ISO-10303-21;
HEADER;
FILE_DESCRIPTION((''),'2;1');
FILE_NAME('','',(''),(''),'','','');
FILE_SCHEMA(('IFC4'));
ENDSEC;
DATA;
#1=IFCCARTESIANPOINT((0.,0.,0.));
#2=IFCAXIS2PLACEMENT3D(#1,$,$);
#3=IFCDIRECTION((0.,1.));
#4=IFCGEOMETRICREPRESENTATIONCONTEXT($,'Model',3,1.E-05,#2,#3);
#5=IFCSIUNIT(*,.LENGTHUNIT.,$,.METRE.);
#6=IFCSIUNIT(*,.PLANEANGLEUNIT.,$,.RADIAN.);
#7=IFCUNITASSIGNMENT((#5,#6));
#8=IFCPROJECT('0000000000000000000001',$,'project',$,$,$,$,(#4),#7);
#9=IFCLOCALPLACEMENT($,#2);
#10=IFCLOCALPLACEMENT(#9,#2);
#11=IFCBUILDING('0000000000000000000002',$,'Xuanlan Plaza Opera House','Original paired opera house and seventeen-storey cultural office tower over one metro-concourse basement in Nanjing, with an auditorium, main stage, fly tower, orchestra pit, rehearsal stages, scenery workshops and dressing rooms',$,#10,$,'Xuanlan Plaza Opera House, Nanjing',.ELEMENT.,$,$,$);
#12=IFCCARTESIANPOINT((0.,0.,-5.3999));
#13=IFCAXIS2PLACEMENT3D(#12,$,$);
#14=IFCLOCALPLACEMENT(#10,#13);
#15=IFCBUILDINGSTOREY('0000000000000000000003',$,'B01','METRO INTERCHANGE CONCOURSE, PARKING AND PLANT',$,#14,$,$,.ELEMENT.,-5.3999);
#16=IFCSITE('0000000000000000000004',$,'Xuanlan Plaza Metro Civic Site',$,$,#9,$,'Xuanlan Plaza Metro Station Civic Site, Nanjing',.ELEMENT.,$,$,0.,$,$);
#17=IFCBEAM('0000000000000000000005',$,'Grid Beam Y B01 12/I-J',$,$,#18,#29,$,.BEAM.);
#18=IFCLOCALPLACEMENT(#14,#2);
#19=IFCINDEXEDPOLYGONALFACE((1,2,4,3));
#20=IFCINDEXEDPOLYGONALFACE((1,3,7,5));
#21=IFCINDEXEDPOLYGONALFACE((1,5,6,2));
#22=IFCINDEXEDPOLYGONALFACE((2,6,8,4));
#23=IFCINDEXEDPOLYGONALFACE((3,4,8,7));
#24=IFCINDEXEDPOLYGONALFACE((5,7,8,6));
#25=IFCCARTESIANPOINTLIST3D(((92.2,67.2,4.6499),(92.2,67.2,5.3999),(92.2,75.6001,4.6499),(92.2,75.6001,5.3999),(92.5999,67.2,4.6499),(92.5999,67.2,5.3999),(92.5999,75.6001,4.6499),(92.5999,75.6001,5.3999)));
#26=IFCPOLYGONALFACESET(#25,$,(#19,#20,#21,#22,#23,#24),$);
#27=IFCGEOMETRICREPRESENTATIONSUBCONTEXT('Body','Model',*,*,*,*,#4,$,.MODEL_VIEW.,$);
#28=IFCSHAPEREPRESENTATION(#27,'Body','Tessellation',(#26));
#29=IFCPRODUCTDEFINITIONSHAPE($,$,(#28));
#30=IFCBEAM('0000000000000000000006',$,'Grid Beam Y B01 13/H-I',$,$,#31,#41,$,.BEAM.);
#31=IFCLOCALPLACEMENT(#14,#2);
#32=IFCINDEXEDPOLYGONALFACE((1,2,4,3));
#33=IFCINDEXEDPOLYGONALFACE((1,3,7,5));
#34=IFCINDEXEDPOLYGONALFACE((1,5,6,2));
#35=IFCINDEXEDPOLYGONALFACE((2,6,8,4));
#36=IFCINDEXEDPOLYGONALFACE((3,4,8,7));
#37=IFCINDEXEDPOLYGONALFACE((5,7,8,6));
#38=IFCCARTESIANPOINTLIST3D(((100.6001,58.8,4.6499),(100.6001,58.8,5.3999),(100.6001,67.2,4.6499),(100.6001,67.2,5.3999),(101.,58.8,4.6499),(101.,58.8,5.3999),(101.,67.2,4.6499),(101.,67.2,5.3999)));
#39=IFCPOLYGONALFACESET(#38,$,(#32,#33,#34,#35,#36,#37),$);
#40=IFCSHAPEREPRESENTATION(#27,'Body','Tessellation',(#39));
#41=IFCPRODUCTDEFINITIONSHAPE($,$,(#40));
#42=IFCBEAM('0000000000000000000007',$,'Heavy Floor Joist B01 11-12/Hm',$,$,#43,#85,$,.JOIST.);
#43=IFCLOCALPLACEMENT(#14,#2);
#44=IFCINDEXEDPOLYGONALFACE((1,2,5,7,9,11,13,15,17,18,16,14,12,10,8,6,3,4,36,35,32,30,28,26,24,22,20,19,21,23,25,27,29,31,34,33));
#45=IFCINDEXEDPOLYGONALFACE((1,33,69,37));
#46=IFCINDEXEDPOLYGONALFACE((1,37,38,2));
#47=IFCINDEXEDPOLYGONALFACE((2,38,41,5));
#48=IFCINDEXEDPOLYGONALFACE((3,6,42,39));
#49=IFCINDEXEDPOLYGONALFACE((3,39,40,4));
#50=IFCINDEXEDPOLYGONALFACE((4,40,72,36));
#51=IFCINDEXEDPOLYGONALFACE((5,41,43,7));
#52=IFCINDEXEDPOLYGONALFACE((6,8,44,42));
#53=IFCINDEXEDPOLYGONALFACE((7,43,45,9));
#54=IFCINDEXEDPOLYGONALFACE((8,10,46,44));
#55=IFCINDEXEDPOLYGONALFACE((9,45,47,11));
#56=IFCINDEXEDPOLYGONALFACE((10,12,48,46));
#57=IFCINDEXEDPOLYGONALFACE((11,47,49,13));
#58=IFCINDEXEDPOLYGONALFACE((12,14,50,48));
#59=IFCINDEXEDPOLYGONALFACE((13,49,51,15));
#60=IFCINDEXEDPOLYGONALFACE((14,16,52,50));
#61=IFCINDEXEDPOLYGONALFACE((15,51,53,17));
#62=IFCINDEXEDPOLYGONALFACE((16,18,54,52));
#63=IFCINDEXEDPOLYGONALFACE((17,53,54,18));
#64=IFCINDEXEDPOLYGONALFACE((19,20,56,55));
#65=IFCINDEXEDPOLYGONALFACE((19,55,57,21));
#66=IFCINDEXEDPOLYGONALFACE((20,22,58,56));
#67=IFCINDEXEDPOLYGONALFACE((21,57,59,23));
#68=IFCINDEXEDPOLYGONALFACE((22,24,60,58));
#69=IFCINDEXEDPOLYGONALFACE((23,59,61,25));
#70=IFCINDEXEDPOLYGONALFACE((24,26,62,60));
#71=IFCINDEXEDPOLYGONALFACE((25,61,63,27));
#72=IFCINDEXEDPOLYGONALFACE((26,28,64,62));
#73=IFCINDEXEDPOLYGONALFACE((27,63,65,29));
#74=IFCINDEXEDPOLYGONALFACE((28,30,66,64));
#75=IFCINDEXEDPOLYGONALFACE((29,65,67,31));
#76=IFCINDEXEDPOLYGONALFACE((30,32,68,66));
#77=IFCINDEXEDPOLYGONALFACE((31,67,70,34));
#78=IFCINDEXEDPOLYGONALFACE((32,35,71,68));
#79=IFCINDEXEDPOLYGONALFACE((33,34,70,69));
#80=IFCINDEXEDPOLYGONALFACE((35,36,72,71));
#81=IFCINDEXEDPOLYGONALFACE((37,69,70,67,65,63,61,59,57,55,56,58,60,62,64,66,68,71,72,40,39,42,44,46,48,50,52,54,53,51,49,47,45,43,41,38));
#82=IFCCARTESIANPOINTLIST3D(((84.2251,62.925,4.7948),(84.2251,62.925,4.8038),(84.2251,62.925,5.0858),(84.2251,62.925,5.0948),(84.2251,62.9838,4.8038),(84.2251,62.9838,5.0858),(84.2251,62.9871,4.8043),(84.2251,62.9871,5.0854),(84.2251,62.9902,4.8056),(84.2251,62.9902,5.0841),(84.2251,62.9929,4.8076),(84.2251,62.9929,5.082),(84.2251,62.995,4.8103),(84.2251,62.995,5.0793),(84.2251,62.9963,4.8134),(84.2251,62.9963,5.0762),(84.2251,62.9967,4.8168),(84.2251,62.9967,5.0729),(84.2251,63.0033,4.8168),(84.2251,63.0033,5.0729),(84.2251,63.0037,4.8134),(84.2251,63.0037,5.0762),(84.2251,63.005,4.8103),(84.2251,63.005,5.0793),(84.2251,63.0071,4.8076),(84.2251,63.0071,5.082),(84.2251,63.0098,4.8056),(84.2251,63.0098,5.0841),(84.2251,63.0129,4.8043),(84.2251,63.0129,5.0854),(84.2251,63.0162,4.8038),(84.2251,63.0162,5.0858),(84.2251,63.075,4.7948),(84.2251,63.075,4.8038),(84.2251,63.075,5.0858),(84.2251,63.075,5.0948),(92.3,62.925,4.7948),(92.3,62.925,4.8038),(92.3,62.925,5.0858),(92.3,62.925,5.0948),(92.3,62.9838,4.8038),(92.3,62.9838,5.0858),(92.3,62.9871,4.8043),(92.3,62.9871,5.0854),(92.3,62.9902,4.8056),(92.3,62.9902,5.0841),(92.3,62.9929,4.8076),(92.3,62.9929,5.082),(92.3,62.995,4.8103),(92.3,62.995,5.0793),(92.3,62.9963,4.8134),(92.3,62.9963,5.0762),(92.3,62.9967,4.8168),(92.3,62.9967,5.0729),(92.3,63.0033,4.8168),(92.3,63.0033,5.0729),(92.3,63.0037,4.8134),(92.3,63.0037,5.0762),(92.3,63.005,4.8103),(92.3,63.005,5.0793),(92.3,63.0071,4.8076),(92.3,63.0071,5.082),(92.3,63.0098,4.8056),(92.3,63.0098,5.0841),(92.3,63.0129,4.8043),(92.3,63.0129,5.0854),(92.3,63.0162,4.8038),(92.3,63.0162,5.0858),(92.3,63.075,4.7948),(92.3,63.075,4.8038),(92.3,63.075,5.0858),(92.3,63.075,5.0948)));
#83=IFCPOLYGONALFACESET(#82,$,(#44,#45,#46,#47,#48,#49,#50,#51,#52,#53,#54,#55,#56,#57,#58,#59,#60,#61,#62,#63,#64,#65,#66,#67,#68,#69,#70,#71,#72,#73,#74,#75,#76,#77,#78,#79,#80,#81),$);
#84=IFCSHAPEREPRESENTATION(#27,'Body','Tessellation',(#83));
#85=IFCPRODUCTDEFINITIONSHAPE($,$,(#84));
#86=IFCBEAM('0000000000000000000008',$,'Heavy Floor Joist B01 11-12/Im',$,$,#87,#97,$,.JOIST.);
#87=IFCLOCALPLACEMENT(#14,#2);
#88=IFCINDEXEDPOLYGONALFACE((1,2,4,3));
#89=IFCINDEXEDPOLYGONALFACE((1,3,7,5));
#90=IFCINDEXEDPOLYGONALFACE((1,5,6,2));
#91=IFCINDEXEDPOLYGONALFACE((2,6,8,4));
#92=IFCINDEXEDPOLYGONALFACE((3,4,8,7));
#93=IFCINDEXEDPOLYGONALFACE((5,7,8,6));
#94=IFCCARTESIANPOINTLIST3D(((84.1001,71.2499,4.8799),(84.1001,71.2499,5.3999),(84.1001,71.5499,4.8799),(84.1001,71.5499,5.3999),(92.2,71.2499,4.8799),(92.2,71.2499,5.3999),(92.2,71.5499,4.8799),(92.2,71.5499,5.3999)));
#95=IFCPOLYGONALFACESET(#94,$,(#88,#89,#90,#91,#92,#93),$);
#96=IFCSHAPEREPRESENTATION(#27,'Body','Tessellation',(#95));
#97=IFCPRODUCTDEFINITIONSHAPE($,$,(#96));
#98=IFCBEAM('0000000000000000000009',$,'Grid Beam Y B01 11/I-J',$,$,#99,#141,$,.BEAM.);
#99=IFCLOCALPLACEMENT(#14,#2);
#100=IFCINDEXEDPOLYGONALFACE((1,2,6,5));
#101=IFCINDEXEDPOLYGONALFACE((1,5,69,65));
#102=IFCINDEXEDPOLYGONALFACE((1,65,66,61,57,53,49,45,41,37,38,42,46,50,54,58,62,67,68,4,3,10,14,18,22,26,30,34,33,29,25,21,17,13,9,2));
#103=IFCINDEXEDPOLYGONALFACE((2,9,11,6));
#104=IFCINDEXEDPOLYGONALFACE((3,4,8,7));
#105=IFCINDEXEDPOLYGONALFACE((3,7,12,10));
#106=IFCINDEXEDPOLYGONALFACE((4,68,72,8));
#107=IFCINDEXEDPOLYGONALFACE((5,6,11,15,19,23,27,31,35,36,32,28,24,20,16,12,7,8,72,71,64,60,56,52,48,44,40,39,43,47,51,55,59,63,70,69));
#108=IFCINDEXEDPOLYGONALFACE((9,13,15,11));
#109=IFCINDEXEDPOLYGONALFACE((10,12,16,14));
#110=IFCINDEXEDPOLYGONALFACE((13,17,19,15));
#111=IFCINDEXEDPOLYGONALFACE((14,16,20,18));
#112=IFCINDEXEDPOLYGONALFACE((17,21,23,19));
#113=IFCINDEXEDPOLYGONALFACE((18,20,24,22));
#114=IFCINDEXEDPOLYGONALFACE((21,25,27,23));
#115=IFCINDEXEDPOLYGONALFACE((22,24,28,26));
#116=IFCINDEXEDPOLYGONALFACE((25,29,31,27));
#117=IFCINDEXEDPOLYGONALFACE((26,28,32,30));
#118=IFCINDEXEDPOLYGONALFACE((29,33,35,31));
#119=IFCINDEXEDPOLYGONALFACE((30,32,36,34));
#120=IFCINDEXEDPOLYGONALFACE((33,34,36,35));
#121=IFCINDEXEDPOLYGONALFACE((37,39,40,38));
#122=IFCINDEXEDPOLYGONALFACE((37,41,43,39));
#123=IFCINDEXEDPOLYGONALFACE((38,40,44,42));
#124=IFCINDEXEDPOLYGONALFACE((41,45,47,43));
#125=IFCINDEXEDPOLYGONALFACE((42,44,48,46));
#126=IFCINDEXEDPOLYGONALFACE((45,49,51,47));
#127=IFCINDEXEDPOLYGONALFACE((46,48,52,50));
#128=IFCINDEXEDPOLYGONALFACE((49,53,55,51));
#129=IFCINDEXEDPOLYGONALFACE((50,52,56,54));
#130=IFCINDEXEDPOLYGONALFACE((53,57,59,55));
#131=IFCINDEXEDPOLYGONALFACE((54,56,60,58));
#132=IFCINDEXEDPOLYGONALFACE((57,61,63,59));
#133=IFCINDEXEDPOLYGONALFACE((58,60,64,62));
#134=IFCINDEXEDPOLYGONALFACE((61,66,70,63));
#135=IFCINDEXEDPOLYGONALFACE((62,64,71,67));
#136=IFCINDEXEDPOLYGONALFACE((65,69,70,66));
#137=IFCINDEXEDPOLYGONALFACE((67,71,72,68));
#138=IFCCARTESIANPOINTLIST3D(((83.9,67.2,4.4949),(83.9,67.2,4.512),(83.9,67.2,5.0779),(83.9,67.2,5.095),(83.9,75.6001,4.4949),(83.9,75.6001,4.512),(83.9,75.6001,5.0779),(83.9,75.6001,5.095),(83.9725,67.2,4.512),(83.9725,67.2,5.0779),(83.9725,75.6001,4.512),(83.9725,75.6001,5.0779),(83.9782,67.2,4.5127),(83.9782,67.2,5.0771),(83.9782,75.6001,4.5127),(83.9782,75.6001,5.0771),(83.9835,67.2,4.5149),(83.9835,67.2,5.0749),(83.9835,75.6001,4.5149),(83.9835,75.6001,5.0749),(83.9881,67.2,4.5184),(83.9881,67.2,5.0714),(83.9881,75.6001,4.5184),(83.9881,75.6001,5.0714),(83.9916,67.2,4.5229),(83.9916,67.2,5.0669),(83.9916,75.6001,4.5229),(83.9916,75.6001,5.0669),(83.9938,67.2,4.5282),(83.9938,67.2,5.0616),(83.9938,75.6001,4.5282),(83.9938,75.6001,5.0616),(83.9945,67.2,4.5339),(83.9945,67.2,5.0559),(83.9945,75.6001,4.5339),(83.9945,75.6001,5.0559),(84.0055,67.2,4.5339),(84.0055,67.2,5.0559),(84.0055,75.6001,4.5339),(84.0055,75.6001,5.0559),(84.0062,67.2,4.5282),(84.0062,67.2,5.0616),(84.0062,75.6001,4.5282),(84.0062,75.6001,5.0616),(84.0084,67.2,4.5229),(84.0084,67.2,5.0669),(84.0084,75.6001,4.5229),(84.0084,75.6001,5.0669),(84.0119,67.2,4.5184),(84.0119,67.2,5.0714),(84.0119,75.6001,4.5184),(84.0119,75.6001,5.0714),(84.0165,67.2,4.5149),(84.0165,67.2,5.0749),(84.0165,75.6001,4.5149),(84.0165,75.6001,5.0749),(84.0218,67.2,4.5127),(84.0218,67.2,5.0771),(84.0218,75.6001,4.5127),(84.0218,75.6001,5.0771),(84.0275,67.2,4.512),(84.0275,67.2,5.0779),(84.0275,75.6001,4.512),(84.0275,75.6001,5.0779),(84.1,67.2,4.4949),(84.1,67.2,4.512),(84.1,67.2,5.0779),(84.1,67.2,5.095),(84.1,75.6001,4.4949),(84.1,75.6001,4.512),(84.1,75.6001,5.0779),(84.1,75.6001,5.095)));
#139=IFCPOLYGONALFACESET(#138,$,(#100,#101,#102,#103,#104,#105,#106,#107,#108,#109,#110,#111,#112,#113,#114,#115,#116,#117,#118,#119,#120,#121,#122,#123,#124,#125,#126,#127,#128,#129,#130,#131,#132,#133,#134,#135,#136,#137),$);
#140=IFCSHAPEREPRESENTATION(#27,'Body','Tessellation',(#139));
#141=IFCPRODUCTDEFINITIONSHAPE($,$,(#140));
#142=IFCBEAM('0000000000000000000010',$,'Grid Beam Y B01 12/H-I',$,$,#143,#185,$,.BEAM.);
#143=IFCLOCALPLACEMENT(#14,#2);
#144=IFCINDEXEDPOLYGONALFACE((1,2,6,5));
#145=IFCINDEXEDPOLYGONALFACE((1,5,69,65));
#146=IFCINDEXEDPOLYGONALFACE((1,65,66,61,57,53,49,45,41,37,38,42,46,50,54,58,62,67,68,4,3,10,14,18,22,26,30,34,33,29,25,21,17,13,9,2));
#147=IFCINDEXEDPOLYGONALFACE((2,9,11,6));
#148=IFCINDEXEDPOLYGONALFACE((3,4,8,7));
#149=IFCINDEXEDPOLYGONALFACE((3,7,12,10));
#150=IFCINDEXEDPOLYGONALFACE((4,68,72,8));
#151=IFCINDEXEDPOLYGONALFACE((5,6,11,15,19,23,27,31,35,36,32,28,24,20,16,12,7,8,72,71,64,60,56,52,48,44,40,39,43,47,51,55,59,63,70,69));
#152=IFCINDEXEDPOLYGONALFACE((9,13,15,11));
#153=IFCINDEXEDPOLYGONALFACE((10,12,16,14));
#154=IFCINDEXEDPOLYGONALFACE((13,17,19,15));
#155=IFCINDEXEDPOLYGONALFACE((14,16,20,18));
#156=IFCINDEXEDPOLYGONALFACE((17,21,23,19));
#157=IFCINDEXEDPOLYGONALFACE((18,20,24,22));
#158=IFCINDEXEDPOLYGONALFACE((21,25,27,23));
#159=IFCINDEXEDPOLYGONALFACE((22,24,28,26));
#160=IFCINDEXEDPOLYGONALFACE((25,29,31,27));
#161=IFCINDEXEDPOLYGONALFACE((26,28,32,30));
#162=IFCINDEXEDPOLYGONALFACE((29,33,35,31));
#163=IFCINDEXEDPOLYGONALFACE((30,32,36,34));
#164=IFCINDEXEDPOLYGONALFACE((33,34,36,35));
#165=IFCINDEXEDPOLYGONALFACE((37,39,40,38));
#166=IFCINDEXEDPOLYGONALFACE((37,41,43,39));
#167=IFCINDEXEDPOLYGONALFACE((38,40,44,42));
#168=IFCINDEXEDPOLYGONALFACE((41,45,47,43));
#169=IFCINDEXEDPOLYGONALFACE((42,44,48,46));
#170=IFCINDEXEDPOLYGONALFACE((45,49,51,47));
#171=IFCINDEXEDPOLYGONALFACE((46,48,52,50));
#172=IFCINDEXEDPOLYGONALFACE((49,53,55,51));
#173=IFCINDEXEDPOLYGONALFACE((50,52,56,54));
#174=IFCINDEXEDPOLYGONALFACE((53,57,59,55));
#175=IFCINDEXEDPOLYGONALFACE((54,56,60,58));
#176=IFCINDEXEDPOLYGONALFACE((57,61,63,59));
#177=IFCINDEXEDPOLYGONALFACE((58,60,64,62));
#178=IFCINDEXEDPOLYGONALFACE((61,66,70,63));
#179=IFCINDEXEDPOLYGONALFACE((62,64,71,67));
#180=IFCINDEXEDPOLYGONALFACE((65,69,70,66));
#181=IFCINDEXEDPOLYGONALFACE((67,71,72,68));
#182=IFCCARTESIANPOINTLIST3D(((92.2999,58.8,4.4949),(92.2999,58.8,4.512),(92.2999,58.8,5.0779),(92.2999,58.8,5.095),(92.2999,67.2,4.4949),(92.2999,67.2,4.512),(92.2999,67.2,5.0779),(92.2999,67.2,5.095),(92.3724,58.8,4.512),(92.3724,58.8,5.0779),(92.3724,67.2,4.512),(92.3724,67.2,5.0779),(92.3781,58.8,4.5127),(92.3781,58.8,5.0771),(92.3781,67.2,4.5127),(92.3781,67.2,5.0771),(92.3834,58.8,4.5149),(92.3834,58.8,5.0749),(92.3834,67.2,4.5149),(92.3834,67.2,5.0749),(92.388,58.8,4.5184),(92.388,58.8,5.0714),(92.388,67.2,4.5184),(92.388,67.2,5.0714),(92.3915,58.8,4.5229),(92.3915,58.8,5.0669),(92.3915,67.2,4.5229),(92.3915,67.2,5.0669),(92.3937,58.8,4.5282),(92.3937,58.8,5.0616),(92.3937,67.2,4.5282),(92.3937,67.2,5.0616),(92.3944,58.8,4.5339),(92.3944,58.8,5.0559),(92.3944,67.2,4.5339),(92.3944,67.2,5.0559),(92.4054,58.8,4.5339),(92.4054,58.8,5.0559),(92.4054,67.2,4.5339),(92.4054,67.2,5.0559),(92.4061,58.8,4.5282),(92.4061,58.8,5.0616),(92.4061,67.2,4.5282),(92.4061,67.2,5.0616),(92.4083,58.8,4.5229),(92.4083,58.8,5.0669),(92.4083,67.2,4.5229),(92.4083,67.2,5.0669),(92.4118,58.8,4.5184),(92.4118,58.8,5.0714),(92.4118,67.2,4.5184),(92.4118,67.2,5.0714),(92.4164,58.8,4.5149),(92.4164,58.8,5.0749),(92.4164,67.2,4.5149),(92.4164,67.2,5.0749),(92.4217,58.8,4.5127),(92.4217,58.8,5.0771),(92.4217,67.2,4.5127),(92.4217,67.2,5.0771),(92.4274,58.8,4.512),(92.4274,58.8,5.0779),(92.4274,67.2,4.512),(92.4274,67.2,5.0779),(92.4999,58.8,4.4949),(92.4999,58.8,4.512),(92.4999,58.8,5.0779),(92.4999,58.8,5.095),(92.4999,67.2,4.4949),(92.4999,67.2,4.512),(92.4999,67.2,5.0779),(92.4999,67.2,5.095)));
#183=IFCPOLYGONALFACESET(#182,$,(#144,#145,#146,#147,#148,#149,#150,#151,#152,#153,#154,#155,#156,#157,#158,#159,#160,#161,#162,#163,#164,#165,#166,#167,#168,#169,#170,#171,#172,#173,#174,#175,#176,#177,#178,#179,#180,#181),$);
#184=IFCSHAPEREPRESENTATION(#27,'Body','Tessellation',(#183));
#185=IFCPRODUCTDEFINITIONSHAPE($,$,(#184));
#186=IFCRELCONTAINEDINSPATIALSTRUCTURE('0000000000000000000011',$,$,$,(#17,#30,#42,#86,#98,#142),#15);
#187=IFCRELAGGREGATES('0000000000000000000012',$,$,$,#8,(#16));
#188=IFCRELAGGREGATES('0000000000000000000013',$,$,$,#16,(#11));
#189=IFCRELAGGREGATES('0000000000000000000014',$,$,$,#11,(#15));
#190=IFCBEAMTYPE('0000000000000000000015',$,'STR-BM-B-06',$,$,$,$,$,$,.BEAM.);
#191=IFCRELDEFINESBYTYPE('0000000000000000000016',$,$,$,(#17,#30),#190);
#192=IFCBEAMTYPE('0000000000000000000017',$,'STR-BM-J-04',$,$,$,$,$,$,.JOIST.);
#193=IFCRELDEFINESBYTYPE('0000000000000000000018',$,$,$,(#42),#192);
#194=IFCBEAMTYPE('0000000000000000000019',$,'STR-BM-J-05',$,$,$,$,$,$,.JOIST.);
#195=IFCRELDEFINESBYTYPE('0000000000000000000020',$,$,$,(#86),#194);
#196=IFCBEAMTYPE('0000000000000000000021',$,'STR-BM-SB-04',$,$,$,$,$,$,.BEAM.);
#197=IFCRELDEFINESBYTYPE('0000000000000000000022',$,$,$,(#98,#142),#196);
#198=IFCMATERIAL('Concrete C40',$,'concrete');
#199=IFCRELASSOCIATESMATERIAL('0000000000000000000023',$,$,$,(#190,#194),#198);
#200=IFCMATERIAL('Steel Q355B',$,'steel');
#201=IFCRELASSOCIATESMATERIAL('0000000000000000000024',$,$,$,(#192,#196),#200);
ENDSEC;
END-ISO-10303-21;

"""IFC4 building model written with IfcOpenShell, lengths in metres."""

from ifc_helpers import new_model, si_unit, direction, frame, origin, origin_2d, place, context, subcontext, project, spatial, rectangle, i_section, extrude, material, material_profile, profile_set, type_object, element, save


model = new_model("IFC4")

# Units and contexts
model_context = context("Model", 3, precision=1e-05, world=origin(), true_north=direction((0.0, 1.0)))
body_context = subcontext(model_context, "Body", "Model", "MODEL_VIEW")
ifc_project = project(units=[si_unit("LENGTHUNIT", "METRE"), si_unit("PLANEANGLEUNIT", "RADIAN")], contexts=[model_context])

# Site, building, storey
site_placement = place(None, origin())
site = spatial("IfcSite", under=ifc_project, at=site_placement, Name="Xuanlan Plaza Metro Civic Site", LongName="Xuanlan Plaza Metro Station Civic Site, Nanjing", CompositionType="ELEMENT", RefElevation=0.0)
building_placement = place(site_placement, origin())
building = spatial("IfcBuilding", under=site, at=building_placement, Name="Xuanlan Plaza Opera House", Description="Original paired opera house and seventeen-storey cultural office tower over one metro-concourse basement in Nanjing, with an auditorium, main stage, fly tower, orchestra pit, rehearsal stages, scenery workshops and dressing rooms", LongName="Xuanlan Plaza Opera House, Nanjing", CompositionType="ELEMENT")
storey_placement = place(building_placement, frame((0.0, 0.0, -5.3999)))
storey = spatial("IfcBuildingStorey", under=building, at=storey_placement, Name="B01", Description="METRO INTERCHANGE CONCOURSE, PARKING AND PLANT", CompositionType="ELEMENT", Elevation=-5.3999)

# Shared definitions
ifc_material_1 = material(Name="Concrete C40", Category="concrete")

# Beams
ifc_material_profile_1 = material_profile(ifc_material_1, rectangle(XDim=0.3999, YDim=0.75, at=origin_2d()), Name="RC-BM 400x750")
ifc_profile_set_1 = profile_set([ifc_material_profile_1], Name="Concrete C40")
beam_type_1 = type_object("IfcBeamType", Name="STR-BM-B-06", PredefinedType="BEAM", material=ifc_profile_set_1)
beam_1_placement = place(storey_placement, frame((92.3999, 67.2, 5.0249), z_axis=(0.0, 1.0, 0.0), x_axis=(-1.0, 0.0, 0.0)))
element("IfcBeam", 1, at=beam_1_placement, inside=storey, type_object=beam_type_1, Name="Grid Beam Y B01 12/I-J", PredefinedType="BEAM", context=body_context, shape_type="SweptSolid", body=[
    extrude(rectangle(XDim=0.3999, YDim=0.75, at=origin_2d()), origin(), (0.0, 0.0, 1.0), 8.4001),
])
beam_2_placement = place(storey_placement, frame((100.8, 58.8, 5.0249), z_axis=(0.0, 1.0, 0.0), x_axis=(-1.0, 0.0, 0.0)))
element("IfcBeam", 2, at=beam_2_placement, inside=storey, type_object=beam_type_1, Name="Grid Beam Y B01 13/H-I", PredefinedType="BEAM", context=body_context, shape_type="SweptSolid", body=[
    extrude(rectangle(XDim=0.3999, YDim=0.75, at=origin_2d()), origin(), (0.0, 0.0, 1.0), 8.3999),
])
ifc_material_2 = material(Name="Steel Q355B", Category="steel")
ifc_material_profile_2 = material_profile(ifc_material_2, i_section(OverallWidth=0.1499, OverallDepth=0.3, WebThickness=0.0066, FlangeThickness=0.009, FilletRadius=0.0129, at=origin_2d()), Name="HN 300x150x6.5x9")
ifc_profile_set_2 = profile_set([ifc_material_profile_2], Name="Steel Q355B")
beam_type_2 = type_object("IfcBeamType", Name="STR-BM-J-04", PredefinedType="JOIST", material=ifc_profile_set_2)
beam_3_placement = place(storey_placement, frame((84.2251, 63.0, 4.9448), z_axis=(1.0, 0.0, 0.0), x_axis=(0.0, 1.0, 0.0)))
element("IfcBeam", 3, at=beam_3_placement, inside=storey, type_object=beam_type_2, Name="Heavy Floor Joist B01 11-12/Hm", PredefinedType="JOIST", context=body_context, shape_type="SweptSolid", body=[
    extrude(i_section(OverallWidth=0.1499, OverallDepth=0.3, WebThickness=0.0066, FlangeThickness=0.009, FilletRadius=0.0129, at=origin_2d()), origin(), (0.0, 0.0, 1.0), 8.075),
])
ifc_material_profile_3 = material_profile(ifc_material_1, rectangle(XDim=0.3, YDim=0.52, at=origin_2d()), Name="RC-JST 300x520")
ifc_profile_set_3 = profile_set([ifc_material_profile_3], Name="Concrete C40")
beam_type_3 = type_object("IfcBeamType", Name="STR-BM-J-05", PredefinedType="JOIST", material=ifc_profile_set_3)
beam_4_placement = place(storey_placement, frame((84.1001, 71.3999, 5.1399), z_axis=(1.0, 0.0, 0.0), x_axis=(0.0, 1.0, 0.0)))
element("IfcBeam", 4, at=beam_4_placement, inside=storey, type_object=beam_type_3, Name="Heavy Floor Joist B01 11-12/Im", PredefinedType="JOIST", context=body_context, shape_type="SweptSolid", body=[
    extrude(rectangle(XDim=0.3, YDim=0.52, at=origin_2d()), origin(), (0.0, 0.0, 1.0), 8.0999),
])
ifc_material_profile_4 = material_profile(ifc_material_2, i_section(OverallWidth=0.2, OverallDepth=0.6001, WebThickness=0.011, FlangeThickness=0.0171, FilletRadius=0.022, at=origin_2d()), Name="HN 600x200x11x17")
ifc_profile_set_4 = profile_set([ifc_material_profile_4], Name="Steel Q355B")
beam_type_4 = type_object("IfcBeamType", Name="STR-BM-SB-04", PredefinedType="BEAM", material=ifc_profile_set_4)
beam_5_placement = place(storey_placement, frame((84.0, 67.2, 4.7949), z_axis=(0.0, 1.0, 0.0), x_axis=(-1.0, 0.0, 0.0)))
element("IfcBeam", 5, at=beam_5_placement, inside=storey, type_object=beam_type_4, Name="Grid Beam Y B01 11/I-J", PredefinedType="BEAM", context=body_context, shape_type="SweptSolid", body=[
    extrude(i_section(OverallWidth=0.2, OverallDepth=0.6001, WebThickness=0.011, FlangeThickness=0.0171, FilletRadius=0.022, at=origin_2d()), origin(), (0.0, 0.0, 1.0), 8.4001),
])
beam_6_placement = place(storey_placement, frame((92.3999, 58.8, 4.7949), z_axis=(0.0, 1.0, 0.0), x_axis=(-1.0, 0.0, 0.0)))
element("IfcBeam", 6, at=beam_6_placement, inside=storey, type_object=beam_type_4, Name="Grid Beam Y B01 12/H-I", PredefinedType="BEAM", context=body_context, shape_type="SweptSolid", body=[
    extrude(i_section(OverallWidth=0.2, OverallDepth=0.6001, WebThickness=0.011, FlangeThickness=0.0171, FilletRadius=0.022, at=origin_2d()), origin(), (0.0, 0.0, 1.0), 8.3999),
])

save(model, "model.ifc")
